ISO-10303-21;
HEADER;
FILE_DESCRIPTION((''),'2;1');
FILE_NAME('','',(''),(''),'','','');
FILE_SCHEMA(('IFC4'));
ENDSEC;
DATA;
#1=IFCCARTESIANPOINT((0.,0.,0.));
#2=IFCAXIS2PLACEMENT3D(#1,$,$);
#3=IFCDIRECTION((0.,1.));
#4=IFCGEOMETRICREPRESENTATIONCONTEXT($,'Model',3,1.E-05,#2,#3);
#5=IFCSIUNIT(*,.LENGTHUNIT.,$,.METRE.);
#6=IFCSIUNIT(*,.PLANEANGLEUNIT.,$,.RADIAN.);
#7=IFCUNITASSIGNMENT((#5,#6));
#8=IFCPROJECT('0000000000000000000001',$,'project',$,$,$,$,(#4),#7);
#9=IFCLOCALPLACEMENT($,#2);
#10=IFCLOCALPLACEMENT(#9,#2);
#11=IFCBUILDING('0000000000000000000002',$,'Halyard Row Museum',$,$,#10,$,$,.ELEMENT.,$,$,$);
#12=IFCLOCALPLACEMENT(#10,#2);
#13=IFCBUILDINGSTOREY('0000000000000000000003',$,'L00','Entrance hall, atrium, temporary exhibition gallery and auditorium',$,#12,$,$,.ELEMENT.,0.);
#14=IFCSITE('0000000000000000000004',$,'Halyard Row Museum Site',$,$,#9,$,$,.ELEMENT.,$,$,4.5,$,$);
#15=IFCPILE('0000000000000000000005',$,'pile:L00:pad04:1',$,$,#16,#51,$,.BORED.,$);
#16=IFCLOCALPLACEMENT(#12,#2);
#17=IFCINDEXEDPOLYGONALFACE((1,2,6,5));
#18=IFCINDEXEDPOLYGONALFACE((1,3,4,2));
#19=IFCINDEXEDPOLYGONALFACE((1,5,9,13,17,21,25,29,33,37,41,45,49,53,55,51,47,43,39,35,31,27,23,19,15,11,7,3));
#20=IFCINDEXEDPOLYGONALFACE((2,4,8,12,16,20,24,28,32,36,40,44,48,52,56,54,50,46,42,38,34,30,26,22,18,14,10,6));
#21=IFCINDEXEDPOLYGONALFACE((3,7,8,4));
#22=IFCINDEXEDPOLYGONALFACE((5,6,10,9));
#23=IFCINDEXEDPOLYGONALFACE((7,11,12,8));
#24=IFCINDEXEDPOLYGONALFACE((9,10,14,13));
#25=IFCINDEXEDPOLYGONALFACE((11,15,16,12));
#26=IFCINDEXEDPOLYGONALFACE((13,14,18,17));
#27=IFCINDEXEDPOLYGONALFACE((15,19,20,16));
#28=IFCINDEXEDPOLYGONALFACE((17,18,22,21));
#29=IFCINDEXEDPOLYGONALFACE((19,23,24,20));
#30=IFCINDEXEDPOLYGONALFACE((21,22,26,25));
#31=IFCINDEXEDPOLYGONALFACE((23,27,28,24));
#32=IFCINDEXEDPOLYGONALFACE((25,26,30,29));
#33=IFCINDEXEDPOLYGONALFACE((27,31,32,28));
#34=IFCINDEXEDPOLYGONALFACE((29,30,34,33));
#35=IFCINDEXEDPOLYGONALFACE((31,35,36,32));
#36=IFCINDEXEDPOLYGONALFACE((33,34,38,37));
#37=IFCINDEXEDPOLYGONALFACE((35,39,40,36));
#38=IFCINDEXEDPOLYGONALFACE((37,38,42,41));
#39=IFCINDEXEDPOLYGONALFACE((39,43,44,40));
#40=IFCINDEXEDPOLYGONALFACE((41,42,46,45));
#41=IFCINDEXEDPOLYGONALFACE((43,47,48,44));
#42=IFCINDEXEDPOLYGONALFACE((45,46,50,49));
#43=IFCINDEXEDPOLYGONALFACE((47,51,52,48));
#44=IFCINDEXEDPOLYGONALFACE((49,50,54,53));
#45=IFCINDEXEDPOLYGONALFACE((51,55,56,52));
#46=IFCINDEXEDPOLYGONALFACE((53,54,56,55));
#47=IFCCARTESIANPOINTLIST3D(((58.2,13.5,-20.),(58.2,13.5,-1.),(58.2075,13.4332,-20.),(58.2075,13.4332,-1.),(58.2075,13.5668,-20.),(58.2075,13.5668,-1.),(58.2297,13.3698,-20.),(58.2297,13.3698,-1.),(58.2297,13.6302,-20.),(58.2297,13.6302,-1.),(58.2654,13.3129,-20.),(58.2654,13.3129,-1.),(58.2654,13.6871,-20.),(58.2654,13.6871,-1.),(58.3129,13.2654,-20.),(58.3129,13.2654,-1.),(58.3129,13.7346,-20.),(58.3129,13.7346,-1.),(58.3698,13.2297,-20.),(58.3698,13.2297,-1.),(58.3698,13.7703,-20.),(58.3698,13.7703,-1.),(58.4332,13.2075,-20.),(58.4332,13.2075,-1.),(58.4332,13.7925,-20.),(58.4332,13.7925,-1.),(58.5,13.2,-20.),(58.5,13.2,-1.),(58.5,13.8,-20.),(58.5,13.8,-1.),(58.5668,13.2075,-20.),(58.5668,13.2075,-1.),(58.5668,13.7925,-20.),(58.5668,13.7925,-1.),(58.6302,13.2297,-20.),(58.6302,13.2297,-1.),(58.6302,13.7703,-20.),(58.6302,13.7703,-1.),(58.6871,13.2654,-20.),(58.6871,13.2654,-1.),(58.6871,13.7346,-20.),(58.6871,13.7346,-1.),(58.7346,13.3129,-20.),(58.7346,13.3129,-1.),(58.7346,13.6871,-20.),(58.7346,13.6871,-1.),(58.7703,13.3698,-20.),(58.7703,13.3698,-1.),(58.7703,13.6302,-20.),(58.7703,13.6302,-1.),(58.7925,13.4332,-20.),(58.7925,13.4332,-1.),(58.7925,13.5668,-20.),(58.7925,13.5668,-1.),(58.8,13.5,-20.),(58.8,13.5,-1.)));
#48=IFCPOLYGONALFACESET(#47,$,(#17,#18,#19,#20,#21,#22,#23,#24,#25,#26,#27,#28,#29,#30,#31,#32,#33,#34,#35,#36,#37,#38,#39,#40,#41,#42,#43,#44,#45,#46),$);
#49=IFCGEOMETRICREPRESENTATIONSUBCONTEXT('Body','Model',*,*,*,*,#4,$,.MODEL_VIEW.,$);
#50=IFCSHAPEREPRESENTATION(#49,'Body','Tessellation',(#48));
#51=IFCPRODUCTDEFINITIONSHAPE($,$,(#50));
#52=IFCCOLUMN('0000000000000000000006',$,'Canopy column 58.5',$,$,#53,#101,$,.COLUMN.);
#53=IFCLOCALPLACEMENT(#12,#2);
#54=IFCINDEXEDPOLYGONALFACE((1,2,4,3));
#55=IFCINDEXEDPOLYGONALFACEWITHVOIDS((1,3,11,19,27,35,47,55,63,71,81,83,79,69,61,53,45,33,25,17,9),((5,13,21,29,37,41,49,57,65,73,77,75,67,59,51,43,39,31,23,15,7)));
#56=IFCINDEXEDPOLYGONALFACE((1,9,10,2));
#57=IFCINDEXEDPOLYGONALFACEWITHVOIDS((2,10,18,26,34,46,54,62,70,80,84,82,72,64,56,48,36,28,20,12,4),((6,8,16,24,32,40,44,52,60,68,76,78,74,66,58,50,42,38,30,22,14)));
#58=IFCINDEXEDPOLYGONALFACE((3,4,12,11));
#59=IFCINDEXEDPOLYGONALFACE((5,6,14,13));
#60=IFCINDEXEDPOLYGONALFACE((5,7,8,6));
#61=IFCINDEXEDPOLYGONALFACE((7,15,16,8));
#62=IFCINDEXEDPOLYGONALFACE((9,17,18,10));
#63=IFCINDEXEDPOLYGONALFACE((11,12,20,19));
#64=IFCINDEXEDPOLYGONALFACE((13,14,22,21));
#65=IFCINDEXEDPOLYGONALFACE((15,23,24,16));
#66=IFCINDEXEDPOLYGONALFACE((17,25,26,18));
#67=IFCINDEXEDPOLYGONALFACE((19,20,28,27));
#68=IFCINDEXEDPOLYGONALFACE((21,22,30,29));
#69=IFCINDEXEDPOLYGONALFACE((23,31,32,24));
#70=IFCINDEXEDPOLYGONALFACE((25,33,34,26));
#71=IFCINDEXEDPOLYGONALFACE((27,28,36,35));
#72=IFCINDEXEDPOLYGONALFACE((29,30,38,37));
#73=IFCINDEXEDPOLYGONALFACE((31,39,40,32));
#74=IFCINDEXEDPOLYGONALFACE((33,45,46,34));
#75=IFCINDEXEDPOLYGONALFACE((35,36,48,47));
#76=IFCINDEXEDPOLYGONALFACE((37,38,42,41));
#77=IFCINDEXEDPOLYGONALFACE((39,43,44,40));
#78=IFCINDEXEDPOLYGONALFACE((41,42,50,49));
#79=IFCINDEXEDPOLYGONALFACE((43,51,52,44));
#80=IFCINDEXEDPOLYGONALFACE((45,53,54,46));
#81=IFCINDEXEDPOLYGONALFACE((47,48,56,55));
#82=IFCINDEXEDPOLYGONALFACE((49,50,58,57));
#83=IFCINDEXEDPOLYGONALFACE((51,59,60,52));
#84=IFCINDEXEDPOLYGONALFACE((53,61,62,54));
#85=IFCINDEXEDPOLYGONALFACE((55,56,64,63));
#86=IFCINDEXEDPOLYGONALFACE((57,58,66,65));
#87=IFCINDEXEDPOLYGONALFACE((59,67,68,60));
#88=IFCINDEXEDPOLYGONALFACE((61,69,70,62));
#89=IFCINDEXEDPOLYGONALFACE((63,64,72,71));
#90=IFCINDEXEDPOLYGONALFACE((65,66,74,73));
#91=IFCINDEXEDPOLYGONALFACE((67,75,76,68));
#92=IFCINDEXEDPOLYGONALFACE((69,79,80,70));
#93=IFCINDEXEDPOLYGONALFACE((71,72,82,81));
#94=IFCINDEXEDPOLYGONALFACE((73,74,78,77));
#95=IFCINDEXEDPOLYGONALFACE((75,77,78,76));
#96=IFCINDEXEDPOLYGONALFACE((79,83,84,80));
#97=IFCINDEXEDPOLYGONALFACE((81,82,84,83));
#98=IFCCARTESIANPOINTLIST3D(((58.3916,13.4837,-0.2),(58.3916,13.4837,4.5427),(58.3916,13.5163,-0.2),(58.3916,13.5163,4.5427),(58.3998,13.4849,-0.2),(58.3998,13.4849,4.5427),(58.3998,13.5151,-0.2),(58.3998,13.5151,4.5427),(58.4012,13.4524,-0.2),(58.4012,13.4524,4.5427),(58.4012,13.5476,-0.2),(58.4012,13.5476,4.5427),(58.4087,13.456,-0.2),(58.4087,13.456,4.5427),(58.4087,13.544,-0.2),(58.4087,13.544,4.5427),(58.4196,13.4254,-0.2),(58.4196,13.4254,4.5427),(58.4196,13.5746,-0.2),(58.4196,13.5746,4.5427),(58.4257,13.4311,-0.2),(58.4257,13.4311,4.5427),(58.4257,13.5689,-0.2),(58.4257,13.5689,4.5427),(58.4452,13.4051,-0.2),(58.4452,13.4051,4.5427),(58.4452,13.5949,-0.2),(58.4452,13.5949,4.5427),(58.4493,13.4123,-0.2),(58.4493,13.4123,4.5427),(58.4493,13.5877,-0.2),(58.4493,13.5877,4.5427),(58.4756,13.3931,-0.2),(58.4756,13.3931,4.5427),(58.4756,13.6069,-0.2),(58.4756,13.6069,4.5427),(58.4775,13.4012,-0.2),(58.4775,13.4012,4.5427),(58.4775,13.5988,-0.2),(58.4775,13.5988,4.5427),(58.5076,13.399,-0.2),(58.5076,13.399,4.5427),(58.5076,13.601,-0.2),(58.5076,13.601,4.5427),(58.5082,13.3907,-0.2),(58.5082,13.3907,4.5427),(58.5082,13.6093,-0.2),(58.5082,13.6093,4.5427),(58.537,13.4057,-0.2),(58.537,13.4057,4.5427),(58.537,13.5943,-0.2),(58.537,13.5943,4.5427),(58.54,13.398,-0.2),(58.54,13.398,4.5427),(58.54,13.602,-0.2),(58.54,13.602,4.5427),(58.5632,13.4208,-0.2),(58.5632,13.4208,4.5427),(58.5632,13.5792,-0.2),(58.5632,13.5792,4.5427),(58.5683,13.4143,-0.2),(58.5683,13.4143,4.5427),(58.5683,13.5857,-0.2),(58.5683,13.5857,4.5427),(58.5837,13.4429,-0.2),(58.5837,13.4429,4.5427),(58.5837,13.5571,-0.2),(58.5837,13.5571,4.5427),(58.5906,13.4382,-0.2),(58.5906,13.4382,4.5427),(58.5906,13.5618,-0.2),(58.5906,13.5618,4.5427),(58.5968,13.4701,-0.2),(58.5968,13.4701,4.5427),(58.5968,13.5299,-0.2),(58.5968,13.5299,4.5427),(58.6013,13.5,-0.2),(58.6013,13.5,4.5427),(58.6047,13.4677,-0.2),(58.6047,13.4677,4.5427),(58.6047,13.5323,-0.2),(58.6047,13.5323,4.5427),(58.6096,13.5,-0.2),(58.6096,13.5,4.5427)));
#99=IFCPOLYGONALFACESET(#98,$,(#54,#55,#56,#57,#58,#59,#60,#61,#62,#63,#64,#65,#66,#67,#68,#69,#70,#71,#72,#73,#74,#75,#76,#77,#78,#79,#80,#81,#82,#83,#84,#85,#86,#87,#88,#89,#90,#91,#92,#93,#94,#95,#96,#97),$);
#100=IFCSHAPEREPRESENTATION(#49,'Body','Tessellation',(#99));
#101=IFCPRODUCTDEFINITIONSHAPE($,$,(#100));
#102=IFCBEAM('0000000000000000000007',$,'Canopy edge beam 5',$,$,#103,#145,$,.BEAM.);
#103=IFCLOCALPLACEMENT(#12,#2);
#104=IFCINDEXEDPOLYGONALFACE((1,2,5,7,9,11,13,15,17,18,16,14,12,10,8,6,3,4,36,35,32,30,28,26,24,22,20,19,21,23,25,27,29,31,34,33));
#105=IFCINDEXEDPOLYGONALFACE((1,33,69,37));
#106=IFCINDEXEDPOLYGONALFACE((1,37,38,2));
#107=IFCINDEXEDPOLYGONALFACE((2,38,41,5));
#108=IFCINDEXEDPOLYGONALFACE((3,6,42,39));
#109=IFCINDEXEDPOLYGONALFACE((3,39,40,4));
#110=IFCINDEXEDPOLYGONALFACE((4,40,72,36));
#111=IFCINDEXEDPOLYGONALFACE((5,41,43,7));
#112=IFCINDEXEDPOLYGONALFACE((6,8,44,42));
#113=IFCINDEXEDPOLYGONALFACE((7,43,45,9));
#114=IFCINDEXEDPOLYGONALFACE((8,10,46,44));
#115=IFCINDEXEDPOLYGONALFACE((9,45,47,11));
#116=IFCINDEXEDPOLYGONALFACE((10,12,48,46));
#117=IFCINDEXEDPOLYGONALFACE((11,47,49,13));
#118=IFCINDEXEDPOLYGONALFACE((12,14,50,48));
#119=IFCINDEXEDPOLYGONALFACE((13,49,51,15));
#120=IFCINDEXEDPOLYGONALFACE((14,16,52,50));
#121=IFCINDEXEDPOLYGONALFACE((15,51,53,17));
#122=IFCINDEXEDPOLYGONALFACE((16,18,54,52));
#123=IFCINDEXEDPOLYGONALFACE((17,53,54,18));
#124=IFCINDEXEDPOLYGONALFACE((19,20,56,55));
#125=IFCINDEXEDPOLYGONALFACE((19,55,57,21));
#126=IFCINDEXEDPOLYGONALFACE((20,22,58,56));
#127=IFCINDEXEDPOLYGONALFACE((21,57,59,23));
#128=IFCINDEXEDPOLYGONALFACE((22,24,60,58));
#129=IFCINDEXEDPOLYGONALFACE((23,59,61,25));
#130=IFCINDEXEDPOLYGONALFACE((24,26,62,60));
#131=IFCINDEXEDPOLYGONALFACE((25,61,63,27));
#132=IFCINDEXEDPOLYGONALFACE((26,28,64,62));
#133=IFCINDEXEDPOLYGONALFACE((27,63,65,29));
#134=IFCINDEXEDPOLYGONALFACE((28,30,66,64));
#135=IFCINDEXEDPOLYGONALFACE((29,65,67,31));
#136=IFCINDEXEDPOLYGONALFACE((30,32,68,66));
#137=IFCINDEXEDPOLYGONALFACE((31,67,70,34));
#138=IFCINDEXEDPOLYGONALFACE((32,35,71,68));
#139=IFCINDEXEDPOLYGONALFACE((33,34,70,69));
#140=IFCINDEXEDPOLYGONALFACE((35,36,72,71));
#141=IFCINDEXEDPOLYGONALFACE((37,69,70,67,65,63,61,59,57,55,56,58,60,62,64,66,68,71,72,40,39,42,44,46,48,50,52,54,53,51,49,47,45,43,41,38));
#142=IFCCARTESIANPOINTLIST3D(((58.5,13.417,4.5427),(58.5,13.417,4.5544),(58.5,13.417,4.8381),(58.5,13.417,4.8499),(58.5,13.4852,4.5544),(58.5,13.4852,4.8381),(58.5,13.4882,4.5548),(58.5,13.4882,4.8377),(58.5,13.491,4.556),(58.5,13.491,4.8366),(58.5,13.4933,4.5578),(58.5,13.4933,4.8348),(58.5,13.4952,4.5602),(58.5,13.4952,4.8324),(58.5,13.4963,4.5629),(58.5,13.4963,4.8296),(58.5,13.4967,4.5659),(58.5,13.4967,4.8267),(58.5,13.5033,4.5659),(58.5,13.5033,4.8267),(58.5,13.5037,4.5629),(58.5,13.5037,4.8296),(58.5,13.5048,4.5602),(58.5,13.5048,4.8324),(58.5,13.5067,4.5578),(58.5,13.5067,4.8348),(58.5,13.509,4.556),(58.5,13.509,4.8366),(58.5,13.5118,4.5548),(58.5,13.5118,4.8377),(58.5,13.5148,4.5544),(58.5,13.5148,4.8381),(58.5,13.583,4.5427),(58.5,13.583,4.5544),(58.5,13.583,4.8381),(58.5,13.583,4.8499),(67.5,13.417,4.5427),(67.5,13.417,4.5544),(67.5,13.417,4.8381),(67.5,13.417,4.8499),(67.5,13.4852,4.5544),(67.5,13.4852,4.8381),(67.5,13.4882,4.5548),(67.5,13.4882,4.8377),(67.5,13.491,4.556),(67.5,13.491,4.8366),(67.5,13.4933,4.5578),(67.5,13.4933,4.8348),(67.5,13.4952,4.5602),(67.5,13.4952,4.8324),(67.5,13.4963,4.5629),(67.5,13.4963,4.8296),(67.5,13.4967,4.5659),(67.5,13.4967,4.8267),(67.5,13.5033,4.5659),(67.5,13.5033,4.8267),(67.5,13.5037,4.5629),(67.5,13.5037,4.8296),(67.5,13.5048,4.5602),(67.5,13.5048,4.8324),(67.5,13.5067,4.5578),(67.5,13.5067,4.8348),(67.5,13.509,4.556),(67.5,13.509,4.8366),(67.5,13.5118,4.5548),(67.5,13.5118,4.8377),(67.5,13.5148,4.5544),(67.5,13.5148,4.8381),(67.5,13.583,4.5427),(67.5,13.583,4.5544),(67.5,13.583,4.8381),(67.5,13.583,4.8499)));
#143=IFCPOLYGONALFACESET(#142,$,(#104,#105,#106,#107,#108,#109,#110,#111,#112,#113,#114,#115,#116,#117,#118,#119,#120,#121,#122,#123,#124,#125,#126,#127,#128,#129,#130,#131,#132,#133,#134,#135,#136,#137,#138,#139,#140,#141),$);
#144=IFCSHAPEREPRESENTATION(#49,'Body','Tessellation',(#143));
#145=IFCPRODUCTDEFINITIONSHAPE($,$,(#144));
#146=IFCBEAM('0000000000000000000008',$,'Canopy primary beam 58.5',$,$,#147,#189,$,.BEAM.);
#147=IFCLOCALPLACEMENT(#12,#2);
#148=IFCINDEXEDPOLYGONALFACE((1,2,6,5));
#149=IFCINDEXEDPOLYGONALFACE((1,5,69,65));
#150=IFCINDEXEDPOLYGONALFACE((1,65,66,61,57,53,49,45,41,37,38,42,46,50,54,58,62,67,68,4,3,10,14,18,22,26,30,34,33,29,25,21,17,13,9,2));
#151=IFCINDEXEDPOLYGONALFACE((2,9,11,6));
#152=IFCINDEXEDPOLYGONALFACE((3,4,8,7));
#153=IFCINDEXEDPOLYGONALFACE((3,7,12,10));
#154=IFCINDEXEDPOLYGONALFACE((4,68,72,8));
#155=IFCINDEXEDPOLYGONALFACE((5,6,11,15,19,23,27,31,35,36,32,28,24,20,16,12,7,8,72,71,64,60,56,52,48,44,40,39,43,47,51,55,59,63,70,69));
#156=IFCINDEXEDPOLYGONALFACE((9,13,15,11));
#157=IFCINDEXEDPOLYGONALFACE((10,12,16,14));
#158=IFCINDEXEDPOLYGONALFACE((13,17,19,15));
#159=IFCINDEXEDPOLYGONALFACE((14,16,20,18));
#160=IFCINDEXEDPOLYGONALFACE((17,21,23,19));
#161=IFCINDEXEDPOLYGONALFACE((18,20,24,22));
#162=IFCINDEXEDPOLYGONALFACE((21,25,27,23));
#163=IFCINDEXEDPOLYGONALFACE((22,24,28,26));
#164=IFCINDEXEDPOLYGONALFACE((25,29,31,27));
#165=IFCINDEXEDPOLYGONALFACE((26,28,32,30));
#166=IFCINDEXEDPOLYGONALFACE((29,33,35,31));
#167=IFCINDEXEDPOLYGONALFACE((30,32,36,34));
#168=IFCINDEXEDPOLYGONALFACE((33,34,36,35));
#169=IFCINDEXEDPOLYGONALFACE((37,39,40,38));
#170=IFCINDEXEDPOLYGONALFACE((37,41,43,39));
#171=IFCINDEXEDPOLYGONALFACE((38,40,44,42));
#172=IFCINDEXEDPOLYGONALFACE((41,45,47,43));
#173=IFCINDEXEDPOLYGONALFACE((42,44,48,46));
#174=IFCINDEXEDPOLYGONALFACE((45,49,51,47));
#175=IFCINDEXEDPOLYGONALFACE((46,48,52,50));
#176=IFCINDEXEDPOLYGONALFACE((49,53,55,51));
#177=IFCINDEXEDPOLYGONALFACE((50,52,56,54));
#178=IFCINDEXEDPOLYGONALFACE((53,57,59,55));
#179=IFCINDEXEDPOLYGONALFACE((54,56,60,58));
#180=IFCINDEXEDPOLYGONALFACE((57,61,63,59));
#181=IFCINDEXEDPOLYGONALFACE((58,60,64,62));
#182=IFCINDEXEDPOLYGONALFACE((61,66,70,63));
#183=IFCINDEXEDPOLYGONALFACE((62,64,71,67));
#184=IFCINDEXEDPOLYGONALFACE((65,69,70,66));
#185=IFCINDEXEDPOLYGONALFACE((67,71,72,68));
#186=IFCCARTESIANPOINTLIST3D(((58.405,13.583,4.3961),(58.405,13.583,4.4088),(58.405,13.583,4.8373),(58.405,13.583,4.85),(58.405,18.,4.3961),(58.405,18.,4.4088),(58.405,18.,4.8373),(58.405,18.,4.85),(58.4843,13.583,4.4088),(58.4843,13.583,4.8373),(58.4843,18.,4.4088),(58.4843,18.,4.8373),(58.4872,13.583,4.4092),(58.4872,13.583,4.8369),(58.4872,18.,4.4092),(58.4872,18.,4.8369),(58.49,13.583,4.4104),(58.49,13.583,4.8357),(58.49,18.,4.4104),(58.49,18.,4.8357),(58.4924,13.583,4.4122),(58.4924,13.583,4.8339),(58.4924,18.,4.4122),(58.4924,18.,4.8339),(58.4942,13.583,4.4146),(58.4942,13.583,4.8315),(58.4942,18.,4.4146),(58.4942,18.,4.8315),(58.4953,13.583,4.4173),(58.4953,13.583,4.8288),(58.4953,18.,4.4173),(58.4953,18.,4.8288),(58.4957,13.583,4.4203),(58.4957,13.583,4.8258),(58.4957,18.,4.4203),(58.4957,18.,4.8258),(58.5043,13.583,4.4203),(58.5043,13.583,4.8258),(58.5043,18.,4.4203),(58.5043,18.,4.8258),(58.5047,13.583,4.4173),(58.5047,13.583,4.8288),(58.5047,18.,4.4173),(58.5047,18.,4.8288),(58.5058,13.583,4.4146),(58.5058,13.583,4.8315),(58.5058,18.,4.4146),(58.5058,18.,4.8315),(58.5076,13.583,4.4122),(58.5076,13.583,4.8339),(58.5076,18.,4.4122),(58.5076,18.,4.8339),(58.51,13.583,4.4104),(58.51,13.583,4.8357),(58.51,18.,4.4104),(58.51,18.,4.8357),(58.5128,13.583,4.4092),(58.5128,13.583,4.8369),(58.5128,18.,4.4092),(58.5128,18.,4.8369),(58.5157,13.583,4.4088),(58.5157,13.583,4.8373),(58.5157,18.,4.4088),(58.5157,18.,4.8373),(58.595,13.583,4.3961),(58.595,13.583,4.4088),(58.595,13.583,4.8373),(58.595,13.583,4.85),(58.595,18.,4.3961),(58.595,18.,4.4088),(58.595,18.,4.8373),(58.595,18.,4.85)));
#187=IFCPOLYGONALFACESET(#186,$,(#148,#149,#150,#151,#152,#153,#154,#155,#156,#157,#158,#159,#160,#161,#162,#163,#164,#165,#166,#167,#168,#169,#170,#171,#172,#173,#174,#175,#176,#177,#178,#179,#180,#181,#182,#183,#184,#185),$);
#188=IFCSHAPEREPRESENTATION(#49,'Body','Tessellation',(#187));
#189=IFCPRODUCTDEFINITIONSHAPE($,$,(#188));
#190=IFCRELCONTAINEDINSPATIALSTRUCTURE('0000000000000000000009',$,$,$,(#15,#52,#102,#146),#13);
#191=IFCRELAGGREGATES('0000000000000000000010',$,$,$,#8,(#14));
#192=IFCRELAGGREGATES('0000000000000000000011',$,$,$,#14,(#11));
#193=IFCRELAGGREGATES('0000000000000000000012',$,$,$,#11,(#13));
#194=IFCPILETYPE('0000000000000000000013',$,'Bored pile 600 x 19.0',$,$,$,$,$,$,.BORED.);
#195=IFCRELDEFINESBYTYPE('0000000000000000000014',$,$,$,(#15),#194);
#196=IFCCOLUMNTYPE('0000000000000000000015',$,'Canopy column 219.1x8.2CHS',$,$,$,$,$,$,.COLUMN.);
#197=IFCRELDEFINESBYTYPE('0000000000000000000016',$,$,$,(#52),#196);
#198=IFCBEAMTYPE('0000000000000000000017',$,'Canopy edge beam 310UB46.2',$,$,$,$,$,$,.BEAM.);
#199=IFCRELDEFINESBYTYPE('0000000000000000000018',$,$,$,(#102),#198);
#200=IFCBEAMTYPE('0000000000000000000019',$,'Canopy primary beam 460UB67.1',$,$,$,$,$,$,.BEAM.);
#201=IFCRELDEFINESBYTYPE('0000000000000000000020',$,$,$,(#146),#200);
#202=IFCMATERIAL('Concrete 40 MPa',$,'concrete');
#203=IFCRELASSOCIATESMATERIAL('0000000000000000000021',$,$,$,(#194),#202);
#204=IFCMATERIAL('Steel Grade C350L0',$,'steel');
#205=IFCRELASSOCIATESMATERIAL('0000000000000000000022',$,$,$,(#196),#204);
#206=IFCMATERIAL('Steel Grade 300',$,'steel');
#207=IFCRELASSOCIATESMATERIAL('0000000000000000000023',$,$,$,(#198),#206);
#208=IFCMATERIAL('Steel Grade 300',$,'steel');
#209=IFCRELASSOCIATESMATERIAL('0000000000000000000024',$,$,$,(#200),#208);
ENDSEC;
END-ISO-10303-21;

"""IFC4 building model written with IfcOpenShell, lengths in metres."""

from ifc_helpers import new_model, si_unit, direction, frame, origin, origin_2d, place, context, subcontext, project, spatial, circle, hollow_circle, i_section, extrude, material, material_profile, profile_set, type_object, element, save


model = new_model("IFC4")

# Units and contexts
model_context = context("Model", 3, precision=1e-05, world=origin(), true_north=direction((0.0, 1.0)))
body_context = subcontext(model_context, "Body", "Model", "MODEL_VIEW")
ifc_project = project(units=[si_unit("LENGTHUNIT", "METRE"), si_unit("PLANEANGLEUNIT", "RADIAN")], contexts=[model_context])

# Site, building, storey
site_placement = place(None, origin())
site = spatial("IfcSite", under=ifc_project, at=site_placement, Name="Halyard Row Museum Site", CompositionType="ELEMENT", RefElevation=4.5)
building_placement = place(site_placement, origin())
building = spatial("IfcBuilding", under=site, at=building_placement, Name="Halyard Row Museum", CompositionType="ELEMENT")
storey_placement = place(building_placement, origin())
storey = spatial("IfcBuildingStorey", under=building, at=storey_placement, Name="L00", Description="Entrance hall, atrium, temporary exhibition gallery and auditorium", CompositionType="ELEMENT", Elevation=0.0)

# Pile
ifc_material_1 = material(Name="Concrete 40 MPa", Category="concrete")
ifc_material_profile_1 = material_profile(ifc_material_1, circle(Radius=0.3, at=origin_2d()), Name="Bored pile 600 x 19.0")
ifc_profile_set_1 = profile_set([ifc_material_profile_1], Name="Concrete 40 MPa")
pile_type = type_object("IfcPileType", Name="Bored pile 600 x 19.0", PredefinedType="BORED", material=ifc_profile_set_1)
pile_placement = place(storey_placement, frame((58.5, 13.5, -1.0), z_axis=(0.0, 0.0, -1.0), x_axis=(1.0, 0.0, 0.0)))
element("IfcPile", 1, at=pile_placement, inside=storey, type_object=pile_type, Name="pile:L00:pad04:1", PredefinedType="BORED", context=body_context, shape_type="SweptSolid", body=[
    extrude(circle(Radius=0.3, at=origin_2d()), origin(), (0.0, 0.0, 1.0), 19.0),
])

# Column
ifc_material_2 = material(Name="Steel Grade C350L0", Category="steel")
ifc_material_profile_2 = material_profile(ifc_material_2, hollow_circle(Radius=0.1096, WallThickness=0.0083, at=origin_2d()), Name="219.1x8.2CHS")
ifc_profile_set_2 = profile_set([ifc_material_profile_2], Name="Steel Grade C350L0")
column_type = type_object("IfcColumnType", Name="Canopy column 219.1x8.2CHS", PredefinedType="COLUMN", material=ifc_profile_set_2)
column_placement = place(storey_placement, frame((58.5, 13.5, -0.2), z_axis=(0.0, 0.0, 1.0), x_axis=(1.0, 0.0, 0.0)))
element("IfcColumn", 2, at=column_placement, inside=storey, type_object=column_type, Name="Canopy column 58.5", PredefinedType="COLUMN", context=body_context, shape_type="SweptSolid", body=[
    extrude(hollow_circle(Radius=0.1096, WallThickness=0.0083, at=origin_2d()), origin(), (0.0, 0.0, 1.0), 4.7427),
])

# Beams
ifc_material_3 = material(Name="Steel Grade 300", Category="steel")
ifc_material_profile_3 = material_profile(ifc_material_3, i_section(OverallWidth=0.166, OverallDepth=0.3071, WebThickness=0.0066, FlangeThickness=0.0117, FilletRadius=0.0115, at=origin_2d()), Name="310UB46.2")
ifc_profile_set_3 = profile_set([ifc_material_profile_3], Name="Steel Grade 300")
beam_type_1 = type_object("IfcBeamType", Name="Canopy edge beam 310UB46.2", PredefinedType="BEAM", material=ifc_profile_set_3)
beam_1_placement = place(storey_placement, frame((58.5, 13.5, 4.6963), z_axis=(1.0, 0.0, 0.0), x_axis=(0.0, 1.0, 0.0)))
element("IfcBeam", 3, at=beam_1_placement, inside=storey, type_object=beam_type_1, Name="Canopy edge beam 5", PredefinedType="BEAM", context=body_context, shape_type="SweptSolid", body=[
    extrude(i_section(OverallWidth=0.166, OverallDepth=0.3071, WebThickness=0.0066, FlangeThickness=0.0117, FilletRadius=0.0115, at=origin_2d()), origin(), (0.0, 0.0, 1.0), 9.0),
])
ifc_material_4 = material(Name="Steel Grade 300", Category="steel")
ifc_material_profile_4 = material_profile(ifc_material_4, i_section(OverallWidth=0.1899, OverallDepth=0.4539, WebThickness=0.0085, FlangeThickness=0.0127, FilletRadius=0.0115, at=origin_2d()), Name="460UB67.1")
ifc_profile_set_4 = profile_set([ifc_material_profile_4], Name="Steel Grade 300")
beam_type_2 = type_object("IfcBeamType", Name="Canopy primary beam 460UB67.1", PredefinedType="BEAM", material=ifc_profile_set_4)
beam_2_placement = place(storey_placement, frame((58.5, 13.583, 4.623), z_axis=(0.0, 1.0, 0.0), x_axis=(-1.0, 0.0, 0.0)))
element("IfcBeam", 4, at=beam_2_placement, inside=storey, type_object=beam_type_2, Name="Canopy primary beam 58.5", PredefinedType="BEAM", context=body_context, shape_type="SweptSolid", body=[
    extrude(i_section(OverallWidth=0.1899, OverallDepth=0.4539, WebThickness=0.0085, FlangeThickness=0.0127, FilletRadius=0.0115, at=origin_2d()), origin(), (0.0, 0.0, 1.0), 4.417),
])

save(model, "model.ifc")
